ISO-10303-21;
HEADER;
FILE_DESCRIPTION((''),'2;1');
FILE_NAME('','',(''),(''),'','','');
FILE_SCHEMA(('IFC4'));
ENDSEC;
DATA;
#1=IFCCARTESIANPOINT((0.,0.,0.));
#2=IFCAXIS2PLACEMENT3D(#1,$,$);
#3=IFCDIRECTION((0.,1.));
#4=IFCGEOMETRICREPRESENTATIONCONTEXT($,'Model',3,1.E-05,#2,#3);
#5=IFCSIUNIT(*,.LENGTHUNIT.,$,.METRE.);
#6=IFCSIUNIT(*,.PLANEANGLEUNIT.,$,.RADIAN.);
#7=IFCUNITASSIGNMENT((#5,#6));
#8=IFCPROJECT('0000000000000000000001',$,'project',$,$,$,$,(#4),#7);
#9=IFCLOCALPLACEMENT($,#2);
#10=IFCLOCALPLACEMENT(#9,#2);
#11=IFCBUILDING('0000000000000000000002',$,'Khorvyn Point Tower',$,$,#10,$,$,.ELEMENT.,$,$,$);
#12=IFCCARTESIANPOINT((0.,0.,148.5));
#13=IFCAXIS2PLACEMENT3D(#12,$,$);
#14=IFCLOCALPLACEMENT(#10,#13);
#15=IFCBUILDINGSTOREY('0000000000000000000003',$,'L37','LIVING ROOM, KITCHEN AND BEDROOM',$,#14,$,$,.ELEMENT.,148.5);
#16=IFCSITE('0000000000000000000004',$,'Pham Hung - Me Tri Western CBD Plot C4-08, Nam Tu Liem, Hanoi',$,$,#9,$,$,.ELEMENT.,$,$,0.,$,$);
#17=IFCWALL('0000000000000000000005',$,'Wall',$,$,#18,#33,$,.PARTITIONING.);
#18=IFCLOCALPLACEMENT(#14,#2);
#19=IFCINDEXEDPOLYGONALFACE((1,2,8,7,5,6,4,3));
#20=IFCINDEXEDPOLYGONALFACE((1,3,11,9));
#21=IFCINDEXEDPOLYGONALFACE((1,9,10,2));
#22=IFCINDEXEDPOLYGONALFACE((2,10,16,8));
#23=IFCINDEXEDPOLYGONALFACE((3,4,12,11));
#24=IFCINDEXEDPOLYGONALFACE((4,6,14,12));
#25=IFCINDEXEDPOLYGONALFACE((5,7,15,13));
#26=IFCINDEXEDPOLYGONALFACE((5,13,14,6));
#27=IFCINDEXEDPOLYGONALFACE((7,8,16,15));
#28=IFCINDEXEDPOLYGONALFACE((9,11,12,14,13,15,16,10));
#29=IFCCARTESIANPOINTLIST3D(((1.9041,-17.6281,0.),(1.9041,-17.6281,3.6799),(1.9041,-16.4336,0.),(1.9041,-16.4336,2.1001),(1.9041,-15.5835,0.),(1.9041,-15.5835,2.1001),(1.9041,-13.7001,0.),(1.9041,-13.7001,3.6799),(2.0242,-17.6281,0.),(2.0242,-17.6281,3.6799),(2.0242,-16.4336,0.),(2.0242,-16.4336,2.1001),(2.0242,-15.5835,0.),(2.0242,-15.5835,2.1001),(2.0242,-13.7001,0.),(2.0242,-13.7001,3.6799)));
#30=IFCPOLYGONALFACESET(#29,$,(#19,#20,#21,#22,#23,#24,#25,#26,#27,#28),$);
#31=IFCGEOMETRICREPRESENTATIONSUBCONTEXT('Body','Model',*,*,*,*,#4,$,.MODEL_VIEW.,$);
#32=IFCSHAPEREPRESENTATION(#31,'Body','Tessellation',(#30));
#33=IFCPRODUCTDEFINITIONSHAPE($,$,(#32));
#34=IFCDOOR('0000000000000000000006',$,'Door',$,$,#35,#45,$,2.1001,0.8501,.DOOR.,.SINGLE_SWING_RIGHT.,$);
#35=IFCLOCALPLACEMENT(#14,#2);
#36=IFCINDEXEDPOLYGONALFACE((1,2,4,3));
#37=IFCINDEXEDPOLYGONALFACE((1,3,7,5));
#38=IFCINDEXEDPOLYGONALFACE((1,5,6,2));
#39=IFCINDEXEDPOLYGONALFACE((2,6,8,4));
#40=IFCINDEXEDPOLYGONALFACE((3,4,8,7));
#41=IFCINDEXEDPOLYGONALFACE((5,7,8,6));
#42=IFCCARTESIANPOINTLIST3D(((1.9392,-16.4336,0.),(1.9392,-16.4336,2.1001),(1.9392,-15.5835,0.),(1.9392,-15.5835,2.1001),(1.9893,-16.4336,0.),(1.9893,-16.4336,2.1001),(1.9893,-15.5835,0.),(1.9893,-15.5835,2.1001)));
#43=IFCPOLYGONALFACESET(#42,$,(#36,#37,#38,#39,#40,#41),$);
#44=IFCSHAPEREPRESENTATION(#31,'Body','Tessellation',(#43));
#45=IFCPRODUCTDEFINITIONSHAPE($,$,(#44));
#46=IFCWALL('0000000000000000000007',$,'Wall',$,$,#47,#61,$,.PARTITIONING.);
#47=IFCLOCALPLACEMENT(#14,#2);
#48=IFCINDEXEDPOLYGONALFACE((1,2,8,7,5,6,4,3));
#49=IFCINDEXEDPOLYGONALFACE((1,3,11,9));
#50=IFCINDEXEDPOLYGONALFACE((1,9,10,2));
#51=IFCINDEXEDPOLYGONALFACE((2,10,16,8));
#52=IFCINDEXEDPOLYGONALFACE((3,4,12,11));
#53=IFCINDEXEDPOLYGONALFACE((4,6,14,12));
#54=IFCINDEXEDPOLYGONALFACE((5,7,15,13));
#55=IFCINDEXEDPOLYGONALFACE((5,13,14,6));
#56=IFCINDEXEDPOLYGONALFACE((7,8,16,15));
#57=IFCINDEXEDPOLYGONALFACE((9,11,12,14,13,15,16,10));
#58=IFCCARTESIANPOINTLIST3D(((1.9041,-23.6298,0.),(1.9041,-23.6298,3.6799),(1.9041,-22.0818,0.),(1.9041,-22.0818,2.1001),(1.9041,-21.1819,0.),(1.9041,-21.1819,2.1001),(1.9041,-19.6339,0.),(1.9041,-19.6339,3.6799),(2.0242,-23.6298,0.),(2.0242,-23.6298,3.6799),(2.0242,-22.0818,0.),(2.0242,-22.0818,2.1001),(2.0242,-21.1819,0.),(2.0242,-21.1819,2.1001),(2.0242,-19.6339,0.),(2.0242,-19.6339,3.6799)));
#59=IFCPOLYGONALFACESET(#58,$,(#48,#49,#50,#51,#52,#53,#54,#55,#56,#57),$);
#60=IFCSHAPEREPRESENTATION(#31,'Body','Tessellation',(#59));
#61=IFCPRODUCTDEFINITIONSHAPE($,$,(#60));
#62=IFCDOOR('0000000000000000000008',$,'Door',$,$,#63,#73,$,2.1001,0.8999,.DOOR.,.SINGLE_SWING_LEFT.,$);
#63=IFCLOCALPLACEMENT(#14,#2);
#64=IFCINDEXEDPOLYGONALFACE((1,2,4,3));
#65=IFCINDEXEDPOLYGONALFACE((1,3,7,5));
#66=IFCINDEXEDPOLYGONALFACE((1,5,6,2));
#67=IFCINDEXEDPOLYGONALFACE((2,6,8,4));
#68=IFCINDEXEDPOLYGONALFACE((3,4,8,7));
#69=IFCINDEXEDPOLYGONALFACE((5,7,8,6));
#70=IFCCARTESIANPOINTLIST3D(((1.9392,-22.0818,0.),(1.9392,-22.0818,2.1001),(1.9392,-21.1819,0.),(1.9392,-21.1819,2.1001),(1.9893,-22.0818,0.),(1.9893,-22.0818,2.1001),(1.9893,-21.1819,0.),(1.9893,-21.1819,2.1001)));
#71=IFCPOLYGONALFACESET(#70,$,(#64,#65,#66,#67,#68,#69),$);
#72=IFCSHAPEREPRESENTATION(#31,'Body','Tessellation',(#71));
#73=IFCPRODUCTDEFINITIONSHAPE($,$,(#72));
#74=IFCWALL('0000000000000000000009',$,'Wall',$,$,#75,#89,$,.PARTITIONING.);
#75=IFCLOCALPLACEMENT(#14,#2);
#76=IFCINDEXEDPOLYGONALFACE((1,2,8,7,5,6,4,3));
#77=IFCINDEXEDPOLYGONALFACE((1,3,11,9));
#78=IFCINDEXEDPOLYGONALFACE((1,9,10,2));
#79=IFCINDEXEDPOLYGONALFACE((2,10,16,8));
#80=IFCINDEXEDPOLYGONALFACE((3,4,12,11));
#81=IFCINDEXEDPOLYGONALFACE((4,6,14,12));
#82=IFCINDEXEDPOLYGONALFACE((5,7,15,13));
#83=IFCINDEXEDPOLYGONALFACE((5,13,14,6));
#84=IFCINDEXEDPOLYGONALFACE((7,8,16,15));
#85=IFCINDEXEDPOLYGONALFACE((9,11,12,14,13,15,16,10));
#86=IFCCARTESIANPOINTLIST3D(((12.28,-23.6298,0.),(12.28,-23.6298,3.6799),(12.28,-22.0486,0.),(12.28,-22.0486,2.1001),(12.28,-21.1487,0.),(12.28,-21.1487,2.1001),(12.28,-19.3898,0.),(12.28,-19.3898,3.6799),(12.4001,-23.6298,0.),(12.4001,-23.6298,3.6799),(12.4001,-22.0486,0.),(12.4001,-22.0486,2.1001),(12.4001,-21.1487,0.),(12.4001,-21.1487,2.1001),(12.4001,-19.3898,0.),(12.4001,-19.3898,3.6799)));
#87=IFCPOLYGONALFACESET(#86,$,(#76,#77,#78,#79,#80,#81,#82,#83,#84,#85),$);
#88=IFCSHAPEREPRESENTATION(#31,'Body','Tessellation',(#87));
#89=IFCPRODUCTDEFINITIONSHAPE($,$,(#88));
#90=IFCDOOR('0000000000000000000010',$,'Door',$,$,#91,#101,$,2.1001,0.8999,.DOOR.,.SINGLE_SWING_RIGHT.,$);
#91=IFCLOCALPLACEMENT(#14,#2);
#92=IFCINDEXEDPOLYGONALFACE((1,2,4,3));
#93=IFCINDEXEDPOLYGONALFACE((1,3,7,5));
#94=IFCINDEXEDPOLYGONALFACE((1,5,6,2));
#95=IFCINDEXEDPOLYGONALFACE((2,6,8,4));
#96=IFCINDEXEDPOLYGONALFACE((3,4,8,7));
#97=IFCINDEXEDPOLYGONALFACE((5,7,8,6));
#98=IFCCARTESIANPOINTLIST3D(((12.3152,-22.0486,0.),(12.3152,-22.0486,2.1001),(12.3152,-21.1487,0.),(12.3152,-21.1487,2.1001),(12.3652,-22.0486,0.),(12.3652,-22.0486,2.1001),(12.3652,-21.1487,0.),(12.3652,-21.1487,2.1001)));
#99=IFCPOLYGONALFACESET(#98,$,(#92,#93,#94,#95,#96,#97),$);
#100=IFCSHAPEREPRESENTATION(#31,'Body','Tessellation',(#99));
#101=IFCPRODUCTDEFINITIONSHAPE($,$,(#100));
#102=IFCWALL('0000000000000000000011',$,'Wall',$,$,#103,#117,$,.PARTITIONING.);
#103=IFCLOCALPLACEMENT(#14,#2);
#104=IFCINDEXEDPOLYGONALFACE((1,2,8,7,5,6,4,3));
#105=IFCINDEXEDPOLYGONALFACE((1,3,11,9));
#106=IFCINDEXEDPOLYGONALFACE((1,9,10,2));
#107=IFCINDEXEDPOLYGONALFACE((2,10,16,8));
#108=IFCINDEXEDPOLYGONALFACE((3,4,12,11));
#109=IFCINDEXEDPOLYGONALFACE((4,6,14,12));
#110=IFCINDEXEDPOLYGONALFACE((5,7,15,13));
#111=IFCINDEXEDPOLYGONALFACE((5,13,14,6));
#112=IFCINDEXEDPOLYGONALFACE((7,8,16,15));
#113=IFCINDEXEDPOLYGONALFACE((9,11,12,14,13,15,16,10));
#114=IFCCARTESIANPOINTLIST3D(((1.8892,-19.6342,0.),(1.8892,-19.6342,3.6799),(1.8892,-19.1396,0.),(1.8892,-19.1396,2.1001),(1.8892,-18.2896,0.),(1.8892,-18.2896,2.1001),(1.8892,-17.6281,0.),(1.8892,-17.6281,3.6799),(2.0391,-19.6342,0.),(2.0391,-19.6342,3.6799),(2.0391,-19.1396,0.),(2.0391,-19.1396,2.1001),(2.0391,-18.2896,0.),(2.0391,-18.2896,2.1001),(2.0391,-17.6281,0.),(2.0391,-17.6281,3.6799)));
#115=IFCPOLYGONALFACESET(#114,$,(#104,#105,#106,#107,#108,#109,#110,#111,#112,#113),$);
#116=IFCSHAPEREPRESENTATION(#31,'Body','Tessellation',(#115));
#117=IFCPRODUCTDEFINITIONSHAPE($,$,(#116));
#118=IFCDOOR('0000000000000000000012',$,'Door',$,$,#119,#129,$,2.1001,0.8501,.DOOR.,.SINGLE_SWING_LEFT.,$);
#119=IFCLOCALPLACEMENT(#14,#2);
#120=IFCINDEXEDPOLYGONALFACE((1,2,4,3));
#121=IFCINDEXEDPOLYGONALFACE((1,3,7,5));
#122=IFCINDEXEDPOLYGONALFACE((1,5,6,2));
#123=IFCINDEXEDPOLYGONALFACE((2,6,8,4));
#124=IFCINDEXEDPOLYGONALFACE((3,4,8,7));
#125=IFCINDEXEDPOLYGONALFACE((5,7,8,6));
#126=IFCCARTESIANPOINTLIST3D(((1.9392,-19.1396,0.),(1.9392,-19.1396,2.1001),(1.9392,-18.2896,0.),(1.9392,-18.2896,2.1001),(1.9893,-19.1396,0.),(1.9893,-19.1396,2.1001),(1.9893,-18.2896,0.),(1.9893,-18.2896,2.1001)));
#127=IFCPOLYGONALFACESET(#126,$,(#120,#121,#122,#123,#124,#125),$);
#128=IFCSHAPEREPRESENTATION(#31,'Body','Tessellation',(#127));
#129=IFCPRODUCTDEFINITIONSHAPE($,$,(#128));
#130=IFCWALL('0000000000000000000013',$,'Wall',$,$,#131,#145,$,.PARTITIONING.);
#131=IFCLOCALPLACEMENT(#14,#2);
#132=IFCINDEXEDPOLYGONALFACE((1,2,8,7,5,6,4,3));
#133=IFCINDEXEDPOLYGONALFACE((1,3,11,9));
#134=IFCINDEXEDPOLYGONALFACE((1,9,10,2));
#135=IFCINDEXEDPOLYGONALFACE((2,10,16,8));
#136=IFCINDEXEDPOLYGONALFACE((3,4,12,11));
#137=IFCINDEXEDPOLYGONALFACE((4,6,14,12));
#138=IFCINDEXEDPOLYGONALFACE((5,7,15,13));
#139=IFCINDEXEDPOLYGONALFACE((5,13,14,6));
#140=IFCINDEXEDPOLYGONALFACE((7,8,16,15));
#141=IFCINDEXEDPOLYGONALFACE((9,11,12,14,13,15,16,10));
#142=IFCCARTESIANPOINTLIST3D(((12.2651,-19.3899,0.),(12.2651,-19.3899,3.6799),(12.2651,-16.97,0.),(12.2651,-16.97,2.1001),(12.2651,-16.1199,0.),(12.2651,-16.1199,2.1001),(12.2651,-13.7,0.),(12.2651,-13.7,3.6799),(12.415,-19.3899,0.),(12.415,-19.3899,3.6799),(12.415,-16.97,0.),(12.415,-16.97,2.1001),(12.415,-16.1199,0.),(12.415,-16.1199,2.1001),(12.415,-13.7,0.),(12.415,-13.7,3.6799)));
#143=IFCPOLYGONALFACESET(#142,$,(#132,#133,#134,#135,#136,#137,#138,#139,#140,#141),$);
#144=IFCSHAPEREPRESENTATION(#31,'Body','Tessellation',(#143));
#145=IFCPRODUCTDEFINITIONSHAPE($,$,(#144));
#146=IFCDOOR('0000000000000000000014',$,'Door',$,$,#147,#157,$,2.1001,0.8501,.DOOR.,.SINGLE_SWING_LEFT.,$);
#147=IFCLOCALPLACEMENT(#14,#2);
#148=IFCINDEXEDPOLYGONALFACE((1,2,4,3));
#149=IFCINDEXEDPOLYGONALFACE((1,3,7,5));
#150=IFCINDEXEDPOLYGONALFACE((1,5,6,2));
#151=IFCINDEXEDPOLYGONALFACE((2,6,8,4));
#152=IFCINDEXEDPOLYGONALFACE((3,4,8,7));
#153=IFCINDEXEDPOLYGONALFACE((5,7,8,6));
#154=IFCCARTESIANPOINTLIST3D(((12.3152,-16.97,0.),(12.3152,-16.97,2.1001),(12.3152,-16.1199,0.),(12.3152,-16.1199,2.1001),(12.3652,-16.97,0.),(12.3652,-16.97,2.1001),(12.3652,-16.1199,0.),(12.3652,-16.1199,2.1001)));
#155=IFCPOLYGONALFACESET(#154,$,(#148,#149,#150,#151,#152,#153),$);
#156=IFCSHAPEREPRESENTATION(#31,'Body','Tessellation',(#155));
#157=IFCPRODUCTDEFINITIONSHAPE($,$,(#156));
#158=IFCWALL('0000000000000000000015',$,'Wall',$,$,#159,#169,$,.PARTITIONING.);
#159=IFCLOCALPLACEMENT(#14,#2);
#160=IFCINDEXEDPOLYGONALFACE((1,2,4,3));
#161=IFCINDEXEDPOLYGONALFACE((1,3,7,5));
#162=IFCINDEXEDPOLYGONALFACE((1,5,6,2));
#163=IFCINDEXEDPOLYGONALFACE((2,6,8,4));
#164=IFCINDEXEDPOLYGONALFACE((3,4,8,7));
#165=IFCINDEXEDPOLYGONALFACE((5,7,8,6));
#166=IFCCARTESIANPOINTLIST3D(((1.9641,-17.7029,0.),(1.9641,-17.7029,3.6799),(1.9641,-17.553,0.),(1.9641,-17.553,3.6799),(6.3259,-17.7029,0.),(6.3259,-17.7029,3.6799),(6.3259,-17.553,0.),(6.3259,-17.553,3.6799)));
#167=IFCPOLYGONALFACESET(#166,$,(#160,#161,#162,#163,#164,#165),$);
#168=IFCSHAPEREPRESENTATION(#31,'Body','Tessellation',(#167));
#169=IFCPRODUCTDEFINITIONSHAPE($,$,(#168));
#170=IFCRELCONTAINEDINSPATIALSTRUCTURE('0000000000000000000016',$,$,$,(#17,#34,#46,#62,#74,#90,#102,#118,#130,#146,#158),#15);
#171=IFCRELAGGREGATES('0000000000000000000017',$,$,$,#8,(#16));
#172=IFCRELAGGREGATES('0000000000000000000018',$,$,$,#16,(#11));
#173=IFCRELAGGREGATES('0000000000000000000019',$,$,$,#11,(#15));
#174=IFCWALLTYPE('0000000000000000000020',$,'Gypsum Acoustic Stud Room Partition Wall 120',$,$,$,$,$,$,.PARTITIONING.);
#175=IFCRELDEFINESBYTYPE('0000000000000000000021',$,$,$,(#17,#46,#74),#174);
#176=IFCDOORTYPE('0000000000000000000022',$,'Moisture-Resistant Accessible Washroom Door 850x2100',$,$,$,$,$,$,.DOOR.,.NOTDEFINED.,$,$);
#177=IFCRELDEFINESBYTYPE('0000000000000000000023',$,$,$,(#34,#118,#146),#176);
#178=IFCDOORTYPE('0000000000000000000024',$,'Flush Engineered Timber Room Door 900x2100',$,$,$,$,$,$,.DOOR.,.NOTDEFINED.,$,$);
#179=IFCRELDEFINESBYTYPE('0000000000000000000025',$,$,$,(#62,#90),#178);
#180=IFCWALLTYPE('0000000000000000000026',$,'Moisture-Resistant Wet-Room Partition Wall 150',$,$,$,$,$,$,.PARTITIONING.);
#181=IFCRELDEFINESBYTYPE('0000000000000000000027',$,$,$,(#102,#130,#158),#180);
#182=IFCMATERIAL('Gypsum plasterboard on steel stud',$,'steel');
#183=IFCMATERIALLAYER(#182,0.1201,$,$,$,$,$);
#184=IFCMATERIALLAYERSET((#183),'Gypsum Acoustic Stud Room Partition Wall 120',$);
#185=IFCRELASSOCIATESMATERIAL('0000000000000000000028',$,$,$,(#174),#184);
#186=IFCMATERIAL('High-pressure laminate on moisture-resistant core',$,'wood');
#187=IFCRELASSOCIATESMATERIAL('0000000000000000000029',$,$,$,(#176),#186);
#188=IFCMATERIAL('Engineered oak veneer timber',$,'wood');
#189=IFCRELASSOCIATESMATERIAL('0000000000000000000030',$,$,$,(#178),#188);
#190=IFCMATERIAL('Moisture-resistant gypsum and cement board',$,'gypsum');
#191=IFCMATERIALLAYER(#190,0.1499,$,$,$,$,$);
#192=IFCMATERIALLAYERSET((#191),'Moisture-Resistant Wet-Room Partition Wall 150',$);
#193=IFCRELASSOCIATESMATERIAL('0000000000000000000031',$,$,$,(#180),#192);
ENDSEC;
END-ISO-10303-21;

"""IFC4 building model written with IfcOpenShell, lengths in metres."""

from ifc_helpers import new_model, si_unit, direction, frame, frame_2d, origin, place, context, subcontext, project, spatial, rectangle, extrude, material, layer, layer_set, type_object, element, fill, save


model = new_model("IFC4")

# Units and contexts
model_context = context("Model", 3, precision=1e-05, world=origin(), true_north=direction((0.0, 1.0)))
body_context = subcontext(model_context, "Body", "Model", "MODEL_VIEW")
ifc_project = project(units=[si_unit("LENGTHUNIT", "METRE"), si_unit("PLANEANGLEUNIT", "RADIAN")], contexts=[model_context])

# Site, building, storey
site_placement = place(None, origin())
site = spatial("IfcSite", under=ifc_project, at=site_placement, Name="Pham Hung - Me Tri Western CBD Plot C4-08, Nam Tu Liem, Hanoi", CompositionType="ELEMENT", RefElevation=0.0)
building_placement = place(site_placement, origin())
building = spatial("IfcBuilding", under=site, at=building_placement, Name="Khorvyn Point Tower", CompositionType="ELEMENT")
storey_placement = place(building_placement, frame((0.0, 0.0, 148.5)))
storey = spatial("IfcBuildingStorey", under=building, at=storey_placement, Name="L37", Description="LIVING ROOM, KITCHEN AND BEDROOM", CompositionType="ELEMENT", Elevation=148.5)

# Walls, openings, doors
ifc_material_1 = material(Name="Gypsum plasterboard on steel stud", Category="steel")
ifc_layer_1 = layer(ifc_material_1, 0.1201)
ifc_layer_set_1 = layer_set([ifc_layer_1], Name="Gypsum Acoustic Stud Room Partition Wall 120")
wall_type_1 = type_object("IfcWallType", Name="Gypsum Acoustic Stud Room Partition Wall 120", PredefinedType="PARTITIONING", material=ifc_layer_set_1)
wall_1_placement = place(storey_placement, frame((1.9641, -17.6279, 0.0), z_axis=(0.0, 0.0, 1.0), x_axis=(0.0, 1.0, 0.0)))
wall_1 = element("IfcWall", 1, at=wall_1_placement, inside=storey, type_object=wall_type_1, Name="Wall", PredefinedType="PARTITIONING", context=body_context, shape_type="SweptSolid", body=[
    extrude(rectangle(XDim=3.928, YDim=0.1201, at=frame_2d((1.9639, 0.0))), origin(), (0.0, 0.0, 1.0), 3.6799),
])
opening_1_placement = place(wall_1_placement, frame((1.1943, 0.0, 0.0)))
opening_1 = element("IfcOpeningElement", 2, at=opening_1_placement, cuts=wall_1, PredefinedType="OPENING", context=body_context, shape_type="SweptSolid", body=[
    extrude(rectangle(XDim=0.8501, YDim=2.1001, at=frame_2d((0.425, 1.05))), frame((0.0, 0.0701, 0.0), z_axis=(0.0, -1.0, 0.0), x_axis=(1.0, 0.0, 0.0)), (0.0, 0.0, 1.0), 0.1401),
])
ifc_material_2 = material(Name="High-pressure laminate on moisture-resistant core", Category="wood")
door_type_1 = type_object("IfcDoorType", Name="Moisture-Resistant Accessible Washroom Door 850x2100", OperationType="NOTDEFINED", PredefinedType="DOOR", material=ifc_material_2)
door_1_placement = place(opening_1_placement, origin())
door_1 = element("IfcDoor", 3, at=door_1_placement, inside=storey, type_object=door_type_1, Name="Door", OperationType="SINGLE_SWING_RIGHT", OverallHeight=2.1001, OverallWidth=0.8501, PredefinedType="DOOR", context=body_context, shape_type="SweptSolid", body=[
    extrude(rectangle(XDim=0.8501, YDim=2.1001, at=frame_2d((0.425, 1.05))), frame((0.0, 0.0249, 0.0), z_axis=(0.0, -1.0, 0.0), x_axis=(1.0, 0.0, 0.0)), (0.0, 0.0, 1.0), 0.05),
])
fill(opening_1, door_1)
wall_2_placement = place(storey_placement, frame((1.9641, -23.6299, 0.0), z_axis=(0.0, 0.0, 1.0), x_axis=(0.0, 1.0, 0.0)))
wall_2 = element("IfcWall", 4, at=wall_2_placement, inside=storey, type_object=wall_type_1, Name="Wall", PredefinedType="PARTITIONING", context=body_context, shape_type="SweptSolid", body=[
    extrude(rectangle(XDim=3.9958, YDim=0.1201, at=frame_2d((1.998, 0.0))), origin(), (0.0, 0.0, 1.0), 3.6799),
])
opening_2_placement = place(wall_2_placement, frame((1.5481, 0.0, 0.0)))
opening_2 = element("IfcOpeningElement", 5, at=opening_2_placement, cuts=wall_2, PredefinedType="OPENING", context=body_context, shape_type="SweptSolid", body=[
    extrude(rectangle(XDim=0.8999, YDim=2.1001, at=frame_2d((0.45, 1.05))), frame((0.0, 0.0701, 0.0), z_axis=(0.0, -1.0, 0.0), x_axis=(1.0, 0.0, 0.0)), (0.0, 0.0, 1.0), 0.1401),
])
ifc_material_3 = material(Name="Engineered oak veneer timber", Category="wood")
door_type_2 = type_object("IfcDoorType", Name="Flush Engineered Timber Room Door 900x2100", OperationType="NOTDEFINED", PredefinedType="DOOR", material=ifc_material_3)
door_2_placement = place(opening_2_placement, origin())
door_2 = element("IfcDoor", 6, at=door_2_placement, inside=storey, type_object=door_type_2, Name="Door", OperationType="SINGLE_SWING_LEFT", OverallHeight=2.1001, OverallWidth=0.8999, PredefinedType="DOOR", context=body_context, shape_type="SweptSolid", body=[
    extrude(rectangle(XDim=0.8999, YDim=2.1001, at=frame_2d((0.45, 1.05))), frame((0.0, 0.0249, 0.0), z_axis=(0.0, -1.0, 0.0), x_axis=(1.0, 0.0, 0.0)), (0.0, 0.0, 1.0), 0.05),
])
fill(opening_2, door_2)
wall_3_placement = place(storey_placement, frame((12.3401, -23.6299, 0.0), z_axis=(0.0, 0.0, 1.0), x_axis=(0.0, 1.0, 0.0)))
wall_3 = element("IfcWall", 7, at=wall_3_placement, inside=storey, type_object=wall_type_1, Name="Wall", PredefinedType="PARTITIONING", context=body_context, shape_type="SweptSolid", body=[
    extrude(rectangle(XDim=4.24, YDim=0.1201, at=frame_2d((2.1201, 0.0))), origin(), (0.0, 0.0, 1.0), 3.6799),
])
opening_3_placement = place(wall_3_placement, frame((1.5813, 0.0, 0.0)))
opening_3 = element("IfcOpeningElement", 8, at=opening_3_placement, cuts=wall_3, PredefinedType="OPENING", context=body_context, shape_type="SweptSolid", body=[
    extrude(rectangle(XDim=0.8999, YDim=2.1001, at=frame_2d((0.45, 1.05))), frame((0.0, 0.0701, 0.0), z_axis=(0.0, -1.0, 0.0), x_axis=(1.0, 0.0, 0.0)), (0.0, 0.0, 1.0), 0.1401),
])
door_3_placement = place(opening_3_placement, origin())
door_3 = element("IfcDoor", 9, at=door_3_placement, inside=storey, type_object=door_type_2, Name="Door", OperationType="SINGLE_SWING_RIGHT", OverallHeight=2.1001, OverallWidth=0.8999, PredefinedType="DOOR", context=body_context, shape_type="SweptSolid", body=[
    extrude(rectangle(XDim=0.8999, YDim=2.1001, at=frame_2d((0.45, 1.05))), frame((0.0, 0.0249, 0.0), z_axis=(0.0, -1.0, 0.0), x_axis=(1.0, 0.0, 0.0)), (0.0, 0.0, 1.0), 0.05),
])
fill(opening_3, door_3)
ifc_material_4 = material(Name="Moisture-resistant gypsum and cement board", Category="gypsum")
ifc_layer_2 = layer(ifc_material_4, 0.1499)
ifc_layer_set_2 = layer_set([ifc_layer_2], Name="Moisture-Resistant Wet-Room Partition Wall 150")
wall_type_2 = type_object("IfcWallType", Name="Moisture-Resistant Wet-Room Partition Wall 150", PredefinedType="PARTITIONING", material=ifc_layer_set_2)
wall_4_placement = place(storey_placement, frame((1.9641, -19.634, 0.0), z_axis=(0.0, 0.0, 1.0), x_axis=(0.0, 1.0, 0.0)))
wall_4 = element("IfcWall", 10, at=wall_4_placement, inside=storey, type_object=wall_type_2, Name="Wall", PredefinedType="PARTITIONING", context=body_context, shape_type="SweptSolid", body=[
    extrude(rectangle(XDim=2.0061, YDim=0.1499, at=frame_2d((1.0029, 0.0))), origin(), (0.0, 0.0, 1.0), 3.6799),
])
opening_4_placement = place(wall_4_placement, frame((0.4944, 0.0, 0.0)))
opening_4 = element("IfcOpeningElement", 11, at=opening_4_placement, cuts=wall_4, PredefinedType="OPENING", context=body_context, shape_type="SweptSolid", body=[
    extrude(rectangle(XDim=0.8501, YDim=2.1001, at=frame_2d((0.425, 1.05))), frame((0.0, 0.085, 0.0), z_axis=(0.0, -1.0, 0.0), x_axis=(1.0, 0.0, 0.0)), (0.0, 0.0, 1.0), 0.1699),
])
door_4_placement = place(opening_4_placement, origin())
door_4 = element("IfcDoor", 12, at=door_4_placement, inside=storey, type_object=door_type_1, Name="Door", OperationType="SINGLE_SWING_LEFT", OverallHeight=2.1001, OverallWidth=0.8501, PredefinedType="DOOR", context=body_context, shape_type="SweptSolid", body=[
    extrude(rectangle(XDim=0.8501, YDim=2.1001, at=frame_2d((0.425, 1.05))), frame((0.0, 0.0249, 0.0), z_axis=(0.0, -1.0, 0.0), x_axis=(1.0, 0.0, 0.0)), (0.0, 0.0, 1.0), 0.05),
])
fill(opening_4, door_4)
wall_5_placement = place(storey_placement, frame((12.3401, -19.3899, 0.0), z_axis=(0.0, 0.0, 1.0), x_axis=(0.0, 1.0, 0.0)))
wall_5 = element("IfcWall", 13, at=wall_5_placement, inside=storey, type_object=wall_type_2, Name="Wall", PredefinedType="PARTITIONING", context=body_context, shape_type="SweptSolid", body=[
    extrude(rectangle(XDim=5.6899, YDim=0.1499, at=frame_2d((2.845, 0.0))), origin(), (0.0, 0.0, 1.0), 3.6799),
])
opening_5_placement = place(wall_5_placement, frame((2.4199, 0.0, 0.0)))
opening_5 = element("IfcOpeningElement", 14, at=opening_5_placement, cuts=wall_5, PredefinedType="OPENING", context=body_context, shape_type="SweptSolid", body=[
    extrude(rectangle(XDim=0.8501, YDim=2.1001, at=frame_2d((0.425, 1.05))), frame((0.0, 0.085, 0.0), z_axis=(0.0, -1.0, 0.0), x_axis=(1.0, 0.0, 0.0)), (0.0, 0.0, 1.0), 0.1699),
])
door_5_placement = place(opening_5_placement, origin())
door_5 = element("IfcDoor", 15, at=door_5_placement, inside=storey, type_object=door_type_1, Name="Door", OperationType="SINGLE_SWING_LEFT", OverallHeight=2.1001, OverallWidth=0.8501, PredefinedType="DOOR", context=body_context, shape_type="SweptSolid", body=[
    extrude(rectangle(XDim=0.8501, YDim=2.1001, at=frame_2d((0.425, 1.05))), frame((0.0, 0.0249, 0.0), z_axis=(0.0, -1.0, 0.0), x_axis=(1.0, 0.0, 0.0)), (0.0, 0.0, 1.0), 0.05),
])
fill(opening_5, door_5)

# Wall
for number, where, z_axis, x_axis, name in (
    (16, (1.9641, -17.6279, 0.0), (0.0, 0.0, 1.0), (1.0, 0.0, 0.0), "Wall"),
):
    element("IfcWall", number, at=place(storey_placement, frame(where, z_axis=z_axis, x_axis=x_axis)), inside=storey, type_object=wall_type_2, Name=name, PredefinedType="PARTITIONING", context=body_context, shape_type="SweptSolid", body=[
        extrude(rectangle(XDim=4.3618, YDim=0.1499, at=frame_2d((2.1809, 0.0))), origin(), (0.0, 0.0, 1.0), 3.6799),
    ])

save(model, "model.ifc")
